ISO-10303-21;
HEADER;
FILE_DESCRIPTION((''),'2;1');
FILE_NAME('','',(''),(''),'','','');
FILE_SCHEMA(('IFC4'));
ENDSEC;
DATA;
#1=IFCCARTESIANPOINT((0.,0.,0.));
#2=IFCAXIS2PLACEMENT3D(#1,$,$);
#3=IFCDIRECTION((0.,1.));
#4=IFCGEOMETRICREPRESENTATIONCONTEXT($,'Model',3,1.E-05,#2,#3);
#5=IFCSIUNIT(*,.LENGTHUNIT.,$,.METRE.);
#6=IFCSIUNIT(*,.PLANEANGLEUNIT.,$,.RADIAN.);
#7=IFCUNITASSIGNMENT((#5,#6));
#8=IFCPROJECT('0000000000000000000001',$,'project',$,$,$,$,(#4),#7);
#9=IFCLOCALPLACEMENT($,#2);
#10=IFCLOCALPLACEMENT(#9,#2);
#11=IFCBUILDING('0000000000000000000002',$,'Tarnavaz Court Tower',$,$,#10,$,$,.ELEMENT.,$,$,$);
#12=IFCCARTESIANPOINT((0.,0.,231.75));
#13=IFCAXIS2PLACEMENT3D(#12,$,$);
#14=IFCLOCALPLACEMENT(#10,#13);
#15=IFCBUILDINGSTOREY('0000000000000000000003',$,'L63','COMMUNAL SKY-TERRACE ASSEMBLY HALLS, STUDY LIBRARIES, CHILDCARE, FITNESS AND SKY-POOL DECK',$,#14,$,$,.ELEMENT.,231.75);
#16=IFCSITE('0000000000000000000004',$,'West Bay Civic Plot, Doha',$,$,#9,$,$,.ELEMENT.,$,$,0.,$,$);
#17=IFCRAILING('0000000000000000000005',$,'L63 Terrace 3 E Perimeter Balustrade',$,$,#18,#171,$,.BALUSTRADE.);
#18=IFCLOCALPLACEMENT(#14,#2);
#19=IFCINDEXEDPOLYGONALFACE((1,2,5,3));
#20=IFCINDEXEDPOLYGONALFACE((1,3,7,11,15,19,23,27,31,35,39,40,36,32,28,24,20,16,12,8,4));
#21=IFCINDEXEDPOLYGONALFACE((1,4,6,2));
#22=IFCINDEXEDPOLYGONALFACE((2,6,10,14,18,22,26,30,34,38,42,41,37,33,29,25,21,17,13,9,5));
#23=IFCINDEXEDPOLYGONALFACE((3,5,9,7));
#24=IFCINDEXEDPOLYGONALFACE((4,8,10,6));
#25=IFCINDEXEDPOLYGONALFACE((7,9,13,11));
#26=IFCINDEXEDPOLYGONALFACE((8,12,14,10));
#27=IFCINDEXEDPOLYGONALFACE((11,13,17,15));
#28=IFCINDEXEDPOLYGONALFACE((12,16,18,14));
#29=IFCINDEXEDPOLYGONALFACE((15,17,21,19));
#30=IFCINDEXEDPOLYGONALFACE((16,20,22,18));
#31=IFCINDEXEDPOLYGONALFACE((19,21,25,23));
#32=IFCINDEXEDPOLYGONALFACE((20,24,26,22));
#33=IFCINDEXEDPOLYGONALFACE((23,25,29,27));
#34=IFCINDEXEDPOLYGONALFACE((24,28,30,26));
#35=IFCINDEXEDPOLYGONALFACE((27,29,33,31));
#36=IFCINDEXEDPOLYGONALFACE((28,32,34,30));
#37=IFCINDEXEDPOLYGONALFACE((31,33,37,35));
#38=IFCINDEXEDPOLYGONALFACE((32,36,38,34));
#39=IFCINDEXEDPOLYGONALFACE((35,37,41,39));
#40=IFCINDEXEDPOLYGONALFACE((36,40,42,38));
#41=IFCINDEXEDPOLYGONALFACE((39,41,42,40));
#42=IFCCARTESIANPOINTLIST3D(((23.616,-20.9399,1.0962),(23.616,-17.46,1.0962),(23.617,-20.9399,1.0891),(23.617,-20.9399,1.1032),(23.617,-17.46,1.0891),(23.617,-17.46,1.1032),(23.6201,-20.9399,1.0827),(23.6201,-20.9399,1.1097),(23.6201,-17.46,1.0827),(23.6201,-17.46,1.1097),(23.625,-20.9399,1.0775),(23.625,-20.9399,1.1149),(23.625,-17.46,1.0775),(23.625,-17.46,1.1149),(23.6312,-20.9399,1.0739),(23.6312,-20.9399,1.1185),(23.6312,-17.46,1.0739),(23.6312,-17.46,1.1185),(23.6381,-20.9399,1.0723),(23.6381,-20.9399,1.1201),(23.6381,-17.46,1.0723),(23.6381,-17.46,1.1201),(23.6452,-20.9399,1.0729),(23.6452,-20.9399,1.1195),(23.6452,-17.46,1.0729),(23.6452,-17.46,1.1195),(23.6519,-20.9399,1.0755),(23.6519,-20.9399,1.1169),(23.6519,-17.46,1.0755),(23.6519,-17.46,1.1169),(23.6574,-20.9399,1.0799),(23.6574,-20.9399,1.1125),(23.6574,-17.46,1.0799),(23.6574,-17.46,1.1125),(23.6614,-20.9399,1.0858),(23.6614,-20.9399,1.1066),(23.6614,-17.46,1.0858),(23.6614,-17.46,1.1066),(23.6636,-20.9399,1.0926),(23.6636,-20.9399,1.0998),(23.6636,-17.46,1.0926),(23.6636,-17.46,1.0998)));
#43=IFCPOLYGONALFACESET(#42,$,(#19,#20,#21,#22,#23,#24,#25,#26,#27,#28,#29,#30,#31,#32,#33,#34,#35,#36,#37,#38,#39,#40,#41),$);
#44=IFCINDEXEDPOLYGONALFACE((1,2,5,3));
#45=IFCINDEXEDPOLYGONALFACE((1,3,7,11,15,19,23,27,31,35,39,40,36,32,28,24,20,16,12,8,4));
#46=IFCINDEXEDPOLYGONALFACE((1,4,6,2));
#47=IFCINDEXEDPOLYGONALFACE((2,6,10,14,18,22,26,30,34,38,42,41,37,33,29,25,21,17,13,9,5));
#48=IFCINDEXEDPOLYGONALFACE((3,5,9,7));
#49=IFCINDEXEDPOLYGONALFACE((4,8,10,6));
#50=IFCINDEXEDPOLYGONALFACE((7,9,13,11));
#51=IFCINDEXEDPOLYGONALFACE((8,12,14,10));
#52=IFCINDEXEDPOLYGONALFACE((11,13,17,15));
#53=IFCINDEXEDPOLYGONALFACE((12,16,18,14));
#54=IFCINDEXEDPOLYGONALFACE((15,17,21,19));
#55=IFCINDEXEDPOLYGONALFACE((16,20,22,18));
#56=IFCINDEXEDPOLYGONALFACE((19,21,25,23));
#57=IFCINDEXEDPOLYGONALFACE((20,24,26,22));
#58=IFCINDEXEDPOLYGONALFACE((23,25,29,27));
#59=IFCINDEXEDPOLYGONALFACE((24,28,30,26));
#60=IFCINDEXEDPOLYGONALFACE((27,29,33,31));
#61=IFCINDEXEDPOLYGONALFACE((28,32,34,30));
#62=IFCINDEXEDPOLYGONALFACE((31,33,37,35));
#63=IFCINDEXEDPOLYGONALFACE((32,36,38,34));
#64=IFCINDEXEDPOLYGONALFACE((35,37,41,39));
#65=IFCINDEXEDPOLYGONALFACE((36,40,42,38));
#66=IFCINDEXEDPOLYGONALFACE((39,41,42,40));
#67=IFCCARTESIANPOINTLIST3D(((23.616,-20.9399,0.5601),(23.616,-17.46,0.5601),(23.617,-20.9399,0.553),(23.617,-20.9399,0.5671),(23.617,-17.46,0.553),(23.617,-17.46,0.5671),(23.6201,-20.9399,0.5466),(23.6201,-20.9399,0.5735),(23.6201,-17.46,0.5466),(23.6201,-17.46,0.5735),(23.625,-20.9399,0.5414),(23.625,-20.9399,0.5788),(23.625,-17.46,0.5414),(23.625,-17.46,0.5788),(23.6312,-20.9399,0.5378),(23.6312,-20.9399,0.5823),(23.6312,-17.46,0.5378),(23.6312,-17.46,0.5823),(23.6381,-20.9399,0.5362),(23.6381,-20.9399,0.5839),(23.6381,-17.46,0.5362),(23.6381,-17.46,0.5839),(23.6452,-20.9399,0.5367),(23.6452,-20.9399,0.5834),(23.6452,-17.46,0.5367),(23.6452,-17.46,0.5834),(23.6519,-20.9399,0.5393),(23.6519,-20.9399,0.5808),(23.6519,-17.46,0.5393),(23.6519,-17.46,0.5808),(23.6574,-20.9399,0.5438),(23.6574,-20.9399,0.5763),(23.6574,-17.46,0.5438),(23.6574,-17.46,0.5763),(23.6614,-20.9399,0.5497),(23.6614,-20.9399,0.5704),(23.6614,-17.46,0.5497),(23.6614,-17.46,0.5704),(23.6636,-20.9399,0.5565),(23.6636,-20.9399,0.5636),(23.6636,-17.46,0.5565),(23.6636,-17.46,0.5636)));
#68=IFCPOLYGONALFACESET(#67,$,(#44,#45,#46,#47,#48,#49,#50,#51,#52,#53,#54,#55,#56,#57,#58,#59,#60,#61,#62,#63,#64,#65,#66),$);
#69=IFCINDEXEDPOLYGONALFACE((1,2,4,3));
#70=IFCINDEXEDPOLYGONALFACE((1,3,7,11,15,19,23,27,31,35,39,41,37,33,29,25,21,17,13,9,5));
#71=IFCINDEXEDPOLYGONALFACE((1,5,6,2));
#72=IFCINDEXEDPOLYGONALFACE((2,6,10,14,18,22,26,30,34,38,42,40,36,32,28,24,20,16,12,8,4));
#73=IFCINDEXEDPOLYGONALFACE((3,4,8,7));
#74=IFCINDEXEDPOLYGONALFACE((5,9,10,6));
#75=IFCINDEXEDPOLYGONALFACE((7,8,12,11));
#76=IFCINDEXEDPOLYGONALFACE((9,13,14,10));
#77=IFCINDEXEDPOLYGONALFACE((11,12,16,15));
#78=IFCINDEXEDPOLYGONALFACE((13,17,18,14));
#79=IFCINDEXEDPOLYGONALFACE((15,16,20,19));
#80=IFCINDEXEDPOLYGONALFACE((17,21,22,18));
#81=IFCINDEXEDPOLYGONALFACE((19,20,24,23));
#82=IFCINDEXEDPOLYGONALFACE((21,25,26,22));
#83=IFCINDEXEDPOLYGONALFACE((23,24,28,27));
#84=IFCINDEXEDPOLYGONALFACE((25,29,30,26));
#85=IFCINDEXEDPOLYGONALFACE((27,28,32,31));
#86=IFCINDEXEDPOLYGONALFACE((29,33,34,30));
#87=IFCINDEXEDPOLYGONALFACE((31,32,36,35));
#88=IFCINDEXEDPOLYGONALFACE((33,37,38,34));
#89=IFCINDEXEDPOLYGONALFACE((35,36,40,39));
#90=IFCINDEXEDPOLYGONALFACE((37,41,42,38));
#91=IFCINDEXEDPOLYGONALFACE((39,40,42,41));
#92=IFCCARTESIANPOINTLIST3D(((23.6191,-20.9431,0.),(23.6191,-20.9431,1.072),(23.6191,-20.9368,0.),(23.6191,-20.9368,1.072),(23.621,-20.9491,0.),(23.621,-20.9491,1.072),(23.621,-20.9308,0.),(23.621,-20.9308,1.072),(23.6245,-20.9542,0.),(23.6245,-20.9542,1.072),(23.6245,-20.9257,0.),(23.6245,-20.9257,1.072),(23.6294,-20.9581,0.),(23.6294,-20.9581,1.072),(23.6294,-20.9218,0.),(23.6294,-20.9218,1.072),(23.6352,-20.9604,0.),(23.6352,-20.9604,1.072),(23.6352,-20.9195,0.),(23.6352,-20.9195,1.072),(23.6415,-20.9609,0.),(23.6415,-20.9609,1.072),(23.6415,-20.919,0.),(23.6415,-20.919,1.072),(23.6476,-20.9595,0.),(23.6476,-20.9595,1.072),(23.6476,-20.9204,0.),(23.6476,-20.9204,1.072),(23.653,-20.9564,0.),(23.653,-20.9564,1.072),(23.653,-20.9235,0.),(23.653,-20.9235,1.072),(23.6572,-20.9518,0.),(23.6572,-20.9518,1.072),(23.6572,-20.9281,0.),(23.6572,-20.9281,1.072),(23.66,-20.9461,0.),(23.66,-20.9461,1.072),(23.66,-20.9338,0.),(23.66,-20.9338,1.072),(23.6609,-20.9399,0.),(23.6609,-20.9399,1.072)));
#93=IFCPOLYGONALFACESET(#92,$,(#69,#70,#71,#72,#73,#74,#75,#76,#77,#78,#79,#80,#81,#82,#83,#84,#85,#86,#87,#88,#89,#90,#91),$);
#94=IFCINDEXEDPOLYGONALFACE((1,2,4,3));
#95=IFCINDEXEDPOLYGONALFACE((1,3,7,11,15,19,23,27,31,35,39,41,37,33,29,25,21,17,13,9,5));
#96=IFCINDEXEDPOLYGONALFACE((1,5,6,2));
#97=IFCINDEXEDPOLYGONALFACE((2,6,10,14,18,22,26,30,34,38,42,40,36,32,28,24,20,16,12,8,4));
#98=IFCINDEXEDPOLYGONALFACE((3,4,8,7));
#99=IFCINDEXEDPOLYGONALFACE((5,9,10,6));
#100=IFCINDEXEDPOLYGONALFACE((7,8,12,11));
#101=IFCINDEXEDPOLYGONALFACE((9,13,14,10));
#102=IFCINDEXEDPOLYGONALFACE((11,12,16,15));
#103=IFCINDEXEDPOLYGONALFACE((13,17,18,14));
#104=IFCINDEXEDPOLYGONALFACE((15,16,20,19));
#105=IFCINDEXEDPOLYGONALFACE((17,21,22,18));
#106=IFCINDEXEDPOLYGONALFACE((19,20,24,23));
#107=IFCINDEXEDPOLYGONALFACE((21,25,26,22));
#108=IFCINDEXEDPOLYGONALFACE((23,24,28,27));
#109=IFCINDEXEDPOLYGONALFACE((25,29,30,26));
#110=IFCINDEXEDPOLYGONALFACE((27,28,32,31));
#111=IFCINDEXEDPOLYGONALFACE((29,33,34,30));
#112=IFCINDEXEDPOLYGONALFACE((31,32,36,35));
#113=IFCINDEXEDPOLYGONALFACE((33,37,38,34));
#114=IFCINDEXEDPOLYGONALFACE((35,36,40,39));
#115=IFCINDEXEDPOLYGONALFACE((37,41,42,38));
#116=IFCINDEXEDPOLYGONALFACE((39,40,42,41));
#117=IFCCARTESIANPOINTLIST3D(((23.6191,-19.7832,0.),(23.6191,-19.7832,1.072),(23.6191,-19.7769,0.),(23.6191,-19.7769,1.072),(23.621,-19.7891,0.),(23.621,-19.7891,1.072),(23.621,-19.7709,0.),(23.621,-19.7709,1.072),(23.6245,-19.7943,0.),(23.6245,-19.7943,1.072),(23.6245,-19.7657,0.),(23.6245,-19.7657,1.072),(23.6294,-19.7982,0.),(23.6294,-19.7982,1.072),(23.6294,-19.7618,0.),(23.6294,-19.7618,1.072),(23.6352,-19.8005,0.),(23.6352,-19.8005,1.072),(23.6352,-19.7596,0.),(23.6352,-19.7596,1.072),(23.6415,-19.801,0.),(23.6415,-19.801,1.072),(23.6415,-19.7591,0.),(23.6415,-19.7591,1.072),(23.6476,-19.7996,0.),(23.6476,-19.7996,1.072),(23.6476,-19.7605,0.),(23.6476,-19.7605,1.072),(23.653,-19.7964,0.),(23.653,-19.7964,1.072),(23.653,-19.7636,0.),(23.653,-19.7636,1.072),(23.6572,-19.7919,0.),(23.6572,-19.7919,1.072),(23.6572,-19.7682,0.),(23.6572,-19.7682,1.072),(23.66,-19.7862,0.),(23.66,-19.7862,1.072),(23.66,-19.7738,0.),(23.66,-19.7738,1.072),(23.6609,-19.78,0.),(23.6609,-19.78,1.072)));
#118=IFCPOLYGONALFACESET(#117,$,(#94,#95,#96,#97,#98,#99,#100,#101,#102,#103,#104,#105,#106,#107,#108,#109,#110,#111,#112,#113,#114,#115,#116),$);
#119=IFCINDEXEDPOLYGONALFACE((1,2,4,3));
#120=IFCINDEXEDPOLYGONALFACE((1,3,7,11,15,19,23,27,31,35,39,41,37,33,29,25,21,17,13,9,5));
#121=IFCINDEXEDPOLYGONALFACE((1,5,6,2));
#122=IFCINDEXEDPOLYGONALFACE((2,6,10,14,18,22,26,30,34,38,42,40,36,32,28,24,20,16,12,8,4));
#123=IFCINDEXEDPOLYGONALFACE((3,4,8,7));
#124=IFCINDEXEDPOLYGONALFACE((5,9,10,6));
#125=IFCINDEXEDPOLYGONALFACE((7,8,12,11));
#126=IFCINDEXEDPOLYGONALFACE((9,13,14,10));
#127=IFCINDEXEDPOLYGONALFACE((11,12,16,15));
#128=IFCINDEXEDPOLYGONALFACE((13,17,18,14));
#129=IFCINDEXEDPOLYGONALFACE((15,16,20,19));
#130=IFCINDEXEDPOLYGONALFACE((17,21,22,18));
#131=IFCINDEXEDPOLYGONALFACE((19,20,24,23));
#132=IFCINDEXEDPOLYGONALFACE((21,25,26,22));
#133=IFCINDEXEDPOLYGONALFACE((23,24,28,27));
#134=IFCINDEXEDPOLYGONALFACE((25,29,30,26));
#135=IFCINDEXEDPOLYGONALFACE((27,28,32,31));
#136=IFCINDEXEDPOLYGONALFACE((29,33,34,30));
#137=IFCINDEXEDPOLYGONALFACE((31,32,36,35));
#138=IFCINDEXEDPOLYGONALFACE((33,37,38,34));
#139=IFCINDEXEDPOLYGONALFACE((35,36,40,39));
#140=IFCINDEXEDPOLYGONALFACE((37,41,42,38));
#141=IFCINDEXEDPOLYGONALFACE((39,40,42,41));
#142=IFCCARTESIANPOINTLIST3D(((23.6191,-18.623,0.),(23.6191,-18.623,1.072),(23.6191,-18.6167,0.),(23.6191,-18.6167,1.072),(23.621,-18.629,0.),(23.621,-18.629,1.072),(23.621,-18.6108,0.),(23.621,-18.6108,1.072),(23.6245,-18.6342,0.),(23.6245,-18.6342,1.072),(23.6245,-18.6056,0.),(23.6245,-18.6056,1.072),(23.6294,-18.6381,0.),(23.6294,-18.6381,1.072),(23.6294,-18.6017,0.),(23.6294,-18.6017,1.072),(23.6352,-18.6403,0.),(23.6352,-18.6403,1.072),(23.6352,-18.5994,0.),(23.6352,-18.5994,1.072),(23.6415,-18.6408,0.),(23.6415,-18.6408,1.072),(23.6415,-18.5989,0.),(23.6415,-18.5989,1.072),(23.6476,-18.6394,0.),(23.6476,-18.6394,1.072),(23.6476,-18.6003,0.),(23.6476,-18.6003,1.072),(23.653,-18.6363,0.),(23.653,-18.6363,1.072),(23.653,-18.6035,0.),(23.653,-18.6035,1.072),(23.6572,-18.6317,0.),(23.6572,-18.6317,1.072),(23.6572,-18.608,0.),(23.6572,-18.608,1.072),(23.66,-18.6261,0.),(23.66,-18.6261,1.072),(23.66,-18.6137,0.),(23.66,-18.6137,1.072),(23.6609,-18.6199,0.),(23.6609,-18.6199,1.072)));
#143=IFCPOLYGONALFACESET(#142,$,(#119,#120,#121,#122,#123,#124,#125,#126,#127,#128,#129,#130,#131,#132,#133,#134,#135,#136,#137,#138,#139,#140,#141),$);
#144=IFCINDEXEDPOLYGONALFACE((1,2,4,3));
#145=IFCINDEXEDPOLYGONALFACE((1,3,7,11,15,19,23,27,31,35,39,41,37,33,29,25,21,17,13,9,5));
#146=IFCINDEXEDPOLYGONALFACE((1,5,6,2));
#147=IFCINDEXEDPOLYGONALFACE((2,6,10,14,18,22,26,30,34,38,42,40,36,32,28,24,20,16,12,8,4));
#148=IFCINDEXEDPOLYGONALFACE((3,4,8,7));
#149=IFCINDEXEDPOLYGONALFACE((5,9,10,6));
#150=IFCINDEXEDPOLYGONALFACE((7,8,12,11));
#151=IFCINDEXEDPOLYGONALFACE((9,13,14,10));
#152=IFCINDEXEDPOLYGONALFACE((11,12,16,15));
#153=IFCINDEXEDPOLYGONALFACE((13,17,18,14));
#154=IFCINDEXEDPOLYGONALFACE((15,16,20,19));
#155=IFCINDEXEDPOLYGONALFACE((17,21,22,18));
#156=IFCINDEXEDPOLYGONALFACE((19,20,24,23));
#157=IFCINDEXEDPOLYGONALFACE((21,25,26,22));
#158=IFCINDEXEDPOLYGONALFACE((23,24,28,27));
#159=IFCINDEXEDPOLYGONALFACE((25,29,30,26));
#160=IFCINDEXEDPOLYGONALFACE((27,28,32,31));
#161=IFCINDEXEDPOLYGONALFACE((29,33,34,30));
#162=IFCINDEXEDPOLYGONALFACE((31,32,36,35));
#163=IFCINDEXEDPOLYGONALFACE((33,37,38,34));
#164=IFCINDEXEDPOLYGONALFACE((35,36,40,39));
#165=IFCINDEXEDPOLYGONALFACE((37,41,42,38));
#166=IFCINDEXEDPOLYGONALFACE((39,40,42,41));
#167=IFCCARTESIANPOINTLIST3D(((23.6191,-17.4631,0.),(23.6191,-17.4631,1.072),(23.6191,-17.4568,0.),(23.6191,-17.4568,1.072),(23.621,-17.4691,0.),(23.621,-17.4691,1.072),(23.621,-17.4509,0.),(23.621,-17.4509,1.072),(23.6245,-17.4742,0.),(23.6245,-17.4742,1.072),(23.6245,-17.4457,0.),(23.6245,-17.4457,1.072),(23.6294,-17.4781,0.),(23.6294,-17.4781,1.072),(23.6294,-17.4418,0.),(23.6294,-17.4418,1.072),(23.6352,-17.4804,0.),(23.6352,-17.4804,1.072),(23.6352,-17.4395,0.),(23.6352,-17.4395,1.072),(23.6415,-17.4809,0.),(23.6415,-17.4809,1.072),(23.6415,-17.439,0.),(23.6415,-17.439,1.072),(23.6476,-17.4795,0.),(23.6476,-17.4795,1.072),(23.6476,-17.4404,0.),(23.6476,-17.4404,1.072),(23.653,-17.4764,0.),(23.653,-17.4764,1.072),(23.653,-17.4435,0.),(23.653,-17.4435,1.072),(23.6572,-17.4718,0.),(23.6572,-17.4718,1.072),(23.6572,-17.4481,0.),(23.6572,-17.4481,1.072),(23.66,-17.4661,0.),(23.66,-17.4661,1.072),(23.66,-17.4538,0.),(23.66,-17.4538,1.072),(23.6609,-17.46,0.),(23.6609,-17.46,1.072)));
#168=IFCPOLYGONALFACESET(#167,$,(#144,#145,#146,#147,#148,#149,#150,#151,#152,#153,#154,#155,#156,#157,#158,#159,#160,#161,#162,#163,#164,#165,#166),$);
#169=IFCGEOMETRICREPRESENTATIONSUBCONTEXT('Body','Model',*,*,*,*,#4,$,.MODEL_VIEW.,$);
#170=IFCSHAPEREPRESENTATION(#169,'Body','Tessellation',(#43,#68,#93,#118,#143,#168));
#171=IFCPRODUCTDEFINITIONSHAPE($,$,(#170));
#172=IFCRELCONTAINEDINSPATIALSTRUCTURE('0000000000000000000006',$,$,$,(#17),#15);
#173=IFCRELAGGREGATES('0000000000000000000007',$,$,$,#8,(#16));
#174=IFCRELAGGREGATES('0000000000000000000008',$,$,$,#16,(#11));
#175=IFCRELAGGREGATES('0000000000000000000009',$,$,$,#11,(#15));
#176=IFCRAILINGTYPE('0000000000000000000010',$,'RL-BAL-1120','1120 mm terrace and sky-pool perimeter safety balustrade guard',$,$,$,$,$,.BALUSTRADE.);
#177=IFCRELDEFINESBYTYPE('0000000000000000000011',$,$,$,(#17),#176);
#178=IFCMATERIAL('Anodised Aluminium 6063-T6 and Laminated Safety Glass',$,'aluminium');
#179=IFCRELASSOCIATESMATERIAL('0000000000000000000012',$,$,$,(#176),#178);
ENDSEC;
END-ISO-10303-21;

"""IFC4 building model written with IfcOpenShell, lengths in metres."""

from ifc_helpers import new_model, si_unit, direction, frame, origin, origin_2d, place, context, subcontext, project, spatial, circle, extrude, material, type_object, element, save


model = new_model("IFC4")

# Units and contexts
model_context = context("Model", 3, precision=1e-05, world=origin(), true_north=direction((0.0, 1.0)))
body_context = subcontext(model_context, "Body", "Model", "MODEL_VIEW")
ifc_project = project(units=[si_unit("LENGTHUNIT", "METRE"), si_unit("PLANEANGLEUNIT", "RADIAN")], contexts=[model_context])

# Site, building, storey
site_placement = place(None, origin())
site = spatial("IfcSite", under=ifc_project, at=site_placement, Name="West Bay Civic Plot, Doha", CompositionType="ELEMENT", RefElevation=0.0)
building_placement = place(site_placement, origin())
building = spatial("IfcBuilding", under=site, at=building_placement, Name="Tarnavaz Court Tower", CompositionType="ELEMENT")
storey_placement = place(building_placement, frame((0.0, 0.0, 231.75)))
storey = spatial("IfcBuildingStorey", under=building, at=storey_placement, Name="L63", Description="COMMUNAL SKY-TERRACE ASSEMBLY HALLS, STUDY LIBRARIES, CHILDCARE, FITNESS AND SKY-POOL DECK", CompositionType="ELEMENT", Elevation=231.75)

# Railing
ifc_material_1 = material(Name="Anodised Aluminium 6063-T6 and Laminated Safety Glass", Category="aluminium")
railing_type = type_object("IfcRailingType", Name="RL-BAL-1120", Description="1120 mm terrace and sky-pool perimeter safety balustrade guard", PredefinedType="BALUSTRADE", material=ifc_material_1)
railing_1_placement = place(storey_placement, frame((23.6399, -20.9399, 0.0)))
element("IfcRailing", 1, at=railing_1_placement, inside=storey, type_object=railing_type, Name="L63 Terrace 3 E Perimeter Balustrade", PredefinedType="BALUSTRADE", context=body_context, shape_type="SweptSolid", body=[
    extrude(circle(Radius=0.0239, at=origin_2d()), frame((0.0, 0.0, 1.0962), z_axis=(0.0, 1.0, 0.0), x_axis=(-1.0, 0.0, 0.0)), (0.0, 0.0, 1.0), 3.48),
    extrude(circle(Radius=0.0239, at=origin_2d()), frame((0.0, 0.0, 0.5601), z_axis=(0.0, 1.0, 0.0), x_axis=(-1.0, 0.0, 0.0)), (0.0, 0.0, 1.0), 3.48),
    extrude(circle(Radius=0.021, at=origin_2d()), origin(), (0.0, 0.0, 1.0), 1.072),
    extrude(circle(Radius=0.021, at=origin_2d()), frame((0.0, 1.1599, 0.0)), (0.0, 0.0, 1.0), 1.072),
    extrude(circle(Radius=0.021, at=origin_2d()), frame((0.0, 2.3201, 0.0)), (0.0, 0.0, 1.0), 1.072),
    extrude(circle(Radius=0.021, at=origin_2d()), frame((0.0, 3.48, 0.0)), (0.0, 0.0, 1.0), 1.072),
])

save(model, "model.ifc")
